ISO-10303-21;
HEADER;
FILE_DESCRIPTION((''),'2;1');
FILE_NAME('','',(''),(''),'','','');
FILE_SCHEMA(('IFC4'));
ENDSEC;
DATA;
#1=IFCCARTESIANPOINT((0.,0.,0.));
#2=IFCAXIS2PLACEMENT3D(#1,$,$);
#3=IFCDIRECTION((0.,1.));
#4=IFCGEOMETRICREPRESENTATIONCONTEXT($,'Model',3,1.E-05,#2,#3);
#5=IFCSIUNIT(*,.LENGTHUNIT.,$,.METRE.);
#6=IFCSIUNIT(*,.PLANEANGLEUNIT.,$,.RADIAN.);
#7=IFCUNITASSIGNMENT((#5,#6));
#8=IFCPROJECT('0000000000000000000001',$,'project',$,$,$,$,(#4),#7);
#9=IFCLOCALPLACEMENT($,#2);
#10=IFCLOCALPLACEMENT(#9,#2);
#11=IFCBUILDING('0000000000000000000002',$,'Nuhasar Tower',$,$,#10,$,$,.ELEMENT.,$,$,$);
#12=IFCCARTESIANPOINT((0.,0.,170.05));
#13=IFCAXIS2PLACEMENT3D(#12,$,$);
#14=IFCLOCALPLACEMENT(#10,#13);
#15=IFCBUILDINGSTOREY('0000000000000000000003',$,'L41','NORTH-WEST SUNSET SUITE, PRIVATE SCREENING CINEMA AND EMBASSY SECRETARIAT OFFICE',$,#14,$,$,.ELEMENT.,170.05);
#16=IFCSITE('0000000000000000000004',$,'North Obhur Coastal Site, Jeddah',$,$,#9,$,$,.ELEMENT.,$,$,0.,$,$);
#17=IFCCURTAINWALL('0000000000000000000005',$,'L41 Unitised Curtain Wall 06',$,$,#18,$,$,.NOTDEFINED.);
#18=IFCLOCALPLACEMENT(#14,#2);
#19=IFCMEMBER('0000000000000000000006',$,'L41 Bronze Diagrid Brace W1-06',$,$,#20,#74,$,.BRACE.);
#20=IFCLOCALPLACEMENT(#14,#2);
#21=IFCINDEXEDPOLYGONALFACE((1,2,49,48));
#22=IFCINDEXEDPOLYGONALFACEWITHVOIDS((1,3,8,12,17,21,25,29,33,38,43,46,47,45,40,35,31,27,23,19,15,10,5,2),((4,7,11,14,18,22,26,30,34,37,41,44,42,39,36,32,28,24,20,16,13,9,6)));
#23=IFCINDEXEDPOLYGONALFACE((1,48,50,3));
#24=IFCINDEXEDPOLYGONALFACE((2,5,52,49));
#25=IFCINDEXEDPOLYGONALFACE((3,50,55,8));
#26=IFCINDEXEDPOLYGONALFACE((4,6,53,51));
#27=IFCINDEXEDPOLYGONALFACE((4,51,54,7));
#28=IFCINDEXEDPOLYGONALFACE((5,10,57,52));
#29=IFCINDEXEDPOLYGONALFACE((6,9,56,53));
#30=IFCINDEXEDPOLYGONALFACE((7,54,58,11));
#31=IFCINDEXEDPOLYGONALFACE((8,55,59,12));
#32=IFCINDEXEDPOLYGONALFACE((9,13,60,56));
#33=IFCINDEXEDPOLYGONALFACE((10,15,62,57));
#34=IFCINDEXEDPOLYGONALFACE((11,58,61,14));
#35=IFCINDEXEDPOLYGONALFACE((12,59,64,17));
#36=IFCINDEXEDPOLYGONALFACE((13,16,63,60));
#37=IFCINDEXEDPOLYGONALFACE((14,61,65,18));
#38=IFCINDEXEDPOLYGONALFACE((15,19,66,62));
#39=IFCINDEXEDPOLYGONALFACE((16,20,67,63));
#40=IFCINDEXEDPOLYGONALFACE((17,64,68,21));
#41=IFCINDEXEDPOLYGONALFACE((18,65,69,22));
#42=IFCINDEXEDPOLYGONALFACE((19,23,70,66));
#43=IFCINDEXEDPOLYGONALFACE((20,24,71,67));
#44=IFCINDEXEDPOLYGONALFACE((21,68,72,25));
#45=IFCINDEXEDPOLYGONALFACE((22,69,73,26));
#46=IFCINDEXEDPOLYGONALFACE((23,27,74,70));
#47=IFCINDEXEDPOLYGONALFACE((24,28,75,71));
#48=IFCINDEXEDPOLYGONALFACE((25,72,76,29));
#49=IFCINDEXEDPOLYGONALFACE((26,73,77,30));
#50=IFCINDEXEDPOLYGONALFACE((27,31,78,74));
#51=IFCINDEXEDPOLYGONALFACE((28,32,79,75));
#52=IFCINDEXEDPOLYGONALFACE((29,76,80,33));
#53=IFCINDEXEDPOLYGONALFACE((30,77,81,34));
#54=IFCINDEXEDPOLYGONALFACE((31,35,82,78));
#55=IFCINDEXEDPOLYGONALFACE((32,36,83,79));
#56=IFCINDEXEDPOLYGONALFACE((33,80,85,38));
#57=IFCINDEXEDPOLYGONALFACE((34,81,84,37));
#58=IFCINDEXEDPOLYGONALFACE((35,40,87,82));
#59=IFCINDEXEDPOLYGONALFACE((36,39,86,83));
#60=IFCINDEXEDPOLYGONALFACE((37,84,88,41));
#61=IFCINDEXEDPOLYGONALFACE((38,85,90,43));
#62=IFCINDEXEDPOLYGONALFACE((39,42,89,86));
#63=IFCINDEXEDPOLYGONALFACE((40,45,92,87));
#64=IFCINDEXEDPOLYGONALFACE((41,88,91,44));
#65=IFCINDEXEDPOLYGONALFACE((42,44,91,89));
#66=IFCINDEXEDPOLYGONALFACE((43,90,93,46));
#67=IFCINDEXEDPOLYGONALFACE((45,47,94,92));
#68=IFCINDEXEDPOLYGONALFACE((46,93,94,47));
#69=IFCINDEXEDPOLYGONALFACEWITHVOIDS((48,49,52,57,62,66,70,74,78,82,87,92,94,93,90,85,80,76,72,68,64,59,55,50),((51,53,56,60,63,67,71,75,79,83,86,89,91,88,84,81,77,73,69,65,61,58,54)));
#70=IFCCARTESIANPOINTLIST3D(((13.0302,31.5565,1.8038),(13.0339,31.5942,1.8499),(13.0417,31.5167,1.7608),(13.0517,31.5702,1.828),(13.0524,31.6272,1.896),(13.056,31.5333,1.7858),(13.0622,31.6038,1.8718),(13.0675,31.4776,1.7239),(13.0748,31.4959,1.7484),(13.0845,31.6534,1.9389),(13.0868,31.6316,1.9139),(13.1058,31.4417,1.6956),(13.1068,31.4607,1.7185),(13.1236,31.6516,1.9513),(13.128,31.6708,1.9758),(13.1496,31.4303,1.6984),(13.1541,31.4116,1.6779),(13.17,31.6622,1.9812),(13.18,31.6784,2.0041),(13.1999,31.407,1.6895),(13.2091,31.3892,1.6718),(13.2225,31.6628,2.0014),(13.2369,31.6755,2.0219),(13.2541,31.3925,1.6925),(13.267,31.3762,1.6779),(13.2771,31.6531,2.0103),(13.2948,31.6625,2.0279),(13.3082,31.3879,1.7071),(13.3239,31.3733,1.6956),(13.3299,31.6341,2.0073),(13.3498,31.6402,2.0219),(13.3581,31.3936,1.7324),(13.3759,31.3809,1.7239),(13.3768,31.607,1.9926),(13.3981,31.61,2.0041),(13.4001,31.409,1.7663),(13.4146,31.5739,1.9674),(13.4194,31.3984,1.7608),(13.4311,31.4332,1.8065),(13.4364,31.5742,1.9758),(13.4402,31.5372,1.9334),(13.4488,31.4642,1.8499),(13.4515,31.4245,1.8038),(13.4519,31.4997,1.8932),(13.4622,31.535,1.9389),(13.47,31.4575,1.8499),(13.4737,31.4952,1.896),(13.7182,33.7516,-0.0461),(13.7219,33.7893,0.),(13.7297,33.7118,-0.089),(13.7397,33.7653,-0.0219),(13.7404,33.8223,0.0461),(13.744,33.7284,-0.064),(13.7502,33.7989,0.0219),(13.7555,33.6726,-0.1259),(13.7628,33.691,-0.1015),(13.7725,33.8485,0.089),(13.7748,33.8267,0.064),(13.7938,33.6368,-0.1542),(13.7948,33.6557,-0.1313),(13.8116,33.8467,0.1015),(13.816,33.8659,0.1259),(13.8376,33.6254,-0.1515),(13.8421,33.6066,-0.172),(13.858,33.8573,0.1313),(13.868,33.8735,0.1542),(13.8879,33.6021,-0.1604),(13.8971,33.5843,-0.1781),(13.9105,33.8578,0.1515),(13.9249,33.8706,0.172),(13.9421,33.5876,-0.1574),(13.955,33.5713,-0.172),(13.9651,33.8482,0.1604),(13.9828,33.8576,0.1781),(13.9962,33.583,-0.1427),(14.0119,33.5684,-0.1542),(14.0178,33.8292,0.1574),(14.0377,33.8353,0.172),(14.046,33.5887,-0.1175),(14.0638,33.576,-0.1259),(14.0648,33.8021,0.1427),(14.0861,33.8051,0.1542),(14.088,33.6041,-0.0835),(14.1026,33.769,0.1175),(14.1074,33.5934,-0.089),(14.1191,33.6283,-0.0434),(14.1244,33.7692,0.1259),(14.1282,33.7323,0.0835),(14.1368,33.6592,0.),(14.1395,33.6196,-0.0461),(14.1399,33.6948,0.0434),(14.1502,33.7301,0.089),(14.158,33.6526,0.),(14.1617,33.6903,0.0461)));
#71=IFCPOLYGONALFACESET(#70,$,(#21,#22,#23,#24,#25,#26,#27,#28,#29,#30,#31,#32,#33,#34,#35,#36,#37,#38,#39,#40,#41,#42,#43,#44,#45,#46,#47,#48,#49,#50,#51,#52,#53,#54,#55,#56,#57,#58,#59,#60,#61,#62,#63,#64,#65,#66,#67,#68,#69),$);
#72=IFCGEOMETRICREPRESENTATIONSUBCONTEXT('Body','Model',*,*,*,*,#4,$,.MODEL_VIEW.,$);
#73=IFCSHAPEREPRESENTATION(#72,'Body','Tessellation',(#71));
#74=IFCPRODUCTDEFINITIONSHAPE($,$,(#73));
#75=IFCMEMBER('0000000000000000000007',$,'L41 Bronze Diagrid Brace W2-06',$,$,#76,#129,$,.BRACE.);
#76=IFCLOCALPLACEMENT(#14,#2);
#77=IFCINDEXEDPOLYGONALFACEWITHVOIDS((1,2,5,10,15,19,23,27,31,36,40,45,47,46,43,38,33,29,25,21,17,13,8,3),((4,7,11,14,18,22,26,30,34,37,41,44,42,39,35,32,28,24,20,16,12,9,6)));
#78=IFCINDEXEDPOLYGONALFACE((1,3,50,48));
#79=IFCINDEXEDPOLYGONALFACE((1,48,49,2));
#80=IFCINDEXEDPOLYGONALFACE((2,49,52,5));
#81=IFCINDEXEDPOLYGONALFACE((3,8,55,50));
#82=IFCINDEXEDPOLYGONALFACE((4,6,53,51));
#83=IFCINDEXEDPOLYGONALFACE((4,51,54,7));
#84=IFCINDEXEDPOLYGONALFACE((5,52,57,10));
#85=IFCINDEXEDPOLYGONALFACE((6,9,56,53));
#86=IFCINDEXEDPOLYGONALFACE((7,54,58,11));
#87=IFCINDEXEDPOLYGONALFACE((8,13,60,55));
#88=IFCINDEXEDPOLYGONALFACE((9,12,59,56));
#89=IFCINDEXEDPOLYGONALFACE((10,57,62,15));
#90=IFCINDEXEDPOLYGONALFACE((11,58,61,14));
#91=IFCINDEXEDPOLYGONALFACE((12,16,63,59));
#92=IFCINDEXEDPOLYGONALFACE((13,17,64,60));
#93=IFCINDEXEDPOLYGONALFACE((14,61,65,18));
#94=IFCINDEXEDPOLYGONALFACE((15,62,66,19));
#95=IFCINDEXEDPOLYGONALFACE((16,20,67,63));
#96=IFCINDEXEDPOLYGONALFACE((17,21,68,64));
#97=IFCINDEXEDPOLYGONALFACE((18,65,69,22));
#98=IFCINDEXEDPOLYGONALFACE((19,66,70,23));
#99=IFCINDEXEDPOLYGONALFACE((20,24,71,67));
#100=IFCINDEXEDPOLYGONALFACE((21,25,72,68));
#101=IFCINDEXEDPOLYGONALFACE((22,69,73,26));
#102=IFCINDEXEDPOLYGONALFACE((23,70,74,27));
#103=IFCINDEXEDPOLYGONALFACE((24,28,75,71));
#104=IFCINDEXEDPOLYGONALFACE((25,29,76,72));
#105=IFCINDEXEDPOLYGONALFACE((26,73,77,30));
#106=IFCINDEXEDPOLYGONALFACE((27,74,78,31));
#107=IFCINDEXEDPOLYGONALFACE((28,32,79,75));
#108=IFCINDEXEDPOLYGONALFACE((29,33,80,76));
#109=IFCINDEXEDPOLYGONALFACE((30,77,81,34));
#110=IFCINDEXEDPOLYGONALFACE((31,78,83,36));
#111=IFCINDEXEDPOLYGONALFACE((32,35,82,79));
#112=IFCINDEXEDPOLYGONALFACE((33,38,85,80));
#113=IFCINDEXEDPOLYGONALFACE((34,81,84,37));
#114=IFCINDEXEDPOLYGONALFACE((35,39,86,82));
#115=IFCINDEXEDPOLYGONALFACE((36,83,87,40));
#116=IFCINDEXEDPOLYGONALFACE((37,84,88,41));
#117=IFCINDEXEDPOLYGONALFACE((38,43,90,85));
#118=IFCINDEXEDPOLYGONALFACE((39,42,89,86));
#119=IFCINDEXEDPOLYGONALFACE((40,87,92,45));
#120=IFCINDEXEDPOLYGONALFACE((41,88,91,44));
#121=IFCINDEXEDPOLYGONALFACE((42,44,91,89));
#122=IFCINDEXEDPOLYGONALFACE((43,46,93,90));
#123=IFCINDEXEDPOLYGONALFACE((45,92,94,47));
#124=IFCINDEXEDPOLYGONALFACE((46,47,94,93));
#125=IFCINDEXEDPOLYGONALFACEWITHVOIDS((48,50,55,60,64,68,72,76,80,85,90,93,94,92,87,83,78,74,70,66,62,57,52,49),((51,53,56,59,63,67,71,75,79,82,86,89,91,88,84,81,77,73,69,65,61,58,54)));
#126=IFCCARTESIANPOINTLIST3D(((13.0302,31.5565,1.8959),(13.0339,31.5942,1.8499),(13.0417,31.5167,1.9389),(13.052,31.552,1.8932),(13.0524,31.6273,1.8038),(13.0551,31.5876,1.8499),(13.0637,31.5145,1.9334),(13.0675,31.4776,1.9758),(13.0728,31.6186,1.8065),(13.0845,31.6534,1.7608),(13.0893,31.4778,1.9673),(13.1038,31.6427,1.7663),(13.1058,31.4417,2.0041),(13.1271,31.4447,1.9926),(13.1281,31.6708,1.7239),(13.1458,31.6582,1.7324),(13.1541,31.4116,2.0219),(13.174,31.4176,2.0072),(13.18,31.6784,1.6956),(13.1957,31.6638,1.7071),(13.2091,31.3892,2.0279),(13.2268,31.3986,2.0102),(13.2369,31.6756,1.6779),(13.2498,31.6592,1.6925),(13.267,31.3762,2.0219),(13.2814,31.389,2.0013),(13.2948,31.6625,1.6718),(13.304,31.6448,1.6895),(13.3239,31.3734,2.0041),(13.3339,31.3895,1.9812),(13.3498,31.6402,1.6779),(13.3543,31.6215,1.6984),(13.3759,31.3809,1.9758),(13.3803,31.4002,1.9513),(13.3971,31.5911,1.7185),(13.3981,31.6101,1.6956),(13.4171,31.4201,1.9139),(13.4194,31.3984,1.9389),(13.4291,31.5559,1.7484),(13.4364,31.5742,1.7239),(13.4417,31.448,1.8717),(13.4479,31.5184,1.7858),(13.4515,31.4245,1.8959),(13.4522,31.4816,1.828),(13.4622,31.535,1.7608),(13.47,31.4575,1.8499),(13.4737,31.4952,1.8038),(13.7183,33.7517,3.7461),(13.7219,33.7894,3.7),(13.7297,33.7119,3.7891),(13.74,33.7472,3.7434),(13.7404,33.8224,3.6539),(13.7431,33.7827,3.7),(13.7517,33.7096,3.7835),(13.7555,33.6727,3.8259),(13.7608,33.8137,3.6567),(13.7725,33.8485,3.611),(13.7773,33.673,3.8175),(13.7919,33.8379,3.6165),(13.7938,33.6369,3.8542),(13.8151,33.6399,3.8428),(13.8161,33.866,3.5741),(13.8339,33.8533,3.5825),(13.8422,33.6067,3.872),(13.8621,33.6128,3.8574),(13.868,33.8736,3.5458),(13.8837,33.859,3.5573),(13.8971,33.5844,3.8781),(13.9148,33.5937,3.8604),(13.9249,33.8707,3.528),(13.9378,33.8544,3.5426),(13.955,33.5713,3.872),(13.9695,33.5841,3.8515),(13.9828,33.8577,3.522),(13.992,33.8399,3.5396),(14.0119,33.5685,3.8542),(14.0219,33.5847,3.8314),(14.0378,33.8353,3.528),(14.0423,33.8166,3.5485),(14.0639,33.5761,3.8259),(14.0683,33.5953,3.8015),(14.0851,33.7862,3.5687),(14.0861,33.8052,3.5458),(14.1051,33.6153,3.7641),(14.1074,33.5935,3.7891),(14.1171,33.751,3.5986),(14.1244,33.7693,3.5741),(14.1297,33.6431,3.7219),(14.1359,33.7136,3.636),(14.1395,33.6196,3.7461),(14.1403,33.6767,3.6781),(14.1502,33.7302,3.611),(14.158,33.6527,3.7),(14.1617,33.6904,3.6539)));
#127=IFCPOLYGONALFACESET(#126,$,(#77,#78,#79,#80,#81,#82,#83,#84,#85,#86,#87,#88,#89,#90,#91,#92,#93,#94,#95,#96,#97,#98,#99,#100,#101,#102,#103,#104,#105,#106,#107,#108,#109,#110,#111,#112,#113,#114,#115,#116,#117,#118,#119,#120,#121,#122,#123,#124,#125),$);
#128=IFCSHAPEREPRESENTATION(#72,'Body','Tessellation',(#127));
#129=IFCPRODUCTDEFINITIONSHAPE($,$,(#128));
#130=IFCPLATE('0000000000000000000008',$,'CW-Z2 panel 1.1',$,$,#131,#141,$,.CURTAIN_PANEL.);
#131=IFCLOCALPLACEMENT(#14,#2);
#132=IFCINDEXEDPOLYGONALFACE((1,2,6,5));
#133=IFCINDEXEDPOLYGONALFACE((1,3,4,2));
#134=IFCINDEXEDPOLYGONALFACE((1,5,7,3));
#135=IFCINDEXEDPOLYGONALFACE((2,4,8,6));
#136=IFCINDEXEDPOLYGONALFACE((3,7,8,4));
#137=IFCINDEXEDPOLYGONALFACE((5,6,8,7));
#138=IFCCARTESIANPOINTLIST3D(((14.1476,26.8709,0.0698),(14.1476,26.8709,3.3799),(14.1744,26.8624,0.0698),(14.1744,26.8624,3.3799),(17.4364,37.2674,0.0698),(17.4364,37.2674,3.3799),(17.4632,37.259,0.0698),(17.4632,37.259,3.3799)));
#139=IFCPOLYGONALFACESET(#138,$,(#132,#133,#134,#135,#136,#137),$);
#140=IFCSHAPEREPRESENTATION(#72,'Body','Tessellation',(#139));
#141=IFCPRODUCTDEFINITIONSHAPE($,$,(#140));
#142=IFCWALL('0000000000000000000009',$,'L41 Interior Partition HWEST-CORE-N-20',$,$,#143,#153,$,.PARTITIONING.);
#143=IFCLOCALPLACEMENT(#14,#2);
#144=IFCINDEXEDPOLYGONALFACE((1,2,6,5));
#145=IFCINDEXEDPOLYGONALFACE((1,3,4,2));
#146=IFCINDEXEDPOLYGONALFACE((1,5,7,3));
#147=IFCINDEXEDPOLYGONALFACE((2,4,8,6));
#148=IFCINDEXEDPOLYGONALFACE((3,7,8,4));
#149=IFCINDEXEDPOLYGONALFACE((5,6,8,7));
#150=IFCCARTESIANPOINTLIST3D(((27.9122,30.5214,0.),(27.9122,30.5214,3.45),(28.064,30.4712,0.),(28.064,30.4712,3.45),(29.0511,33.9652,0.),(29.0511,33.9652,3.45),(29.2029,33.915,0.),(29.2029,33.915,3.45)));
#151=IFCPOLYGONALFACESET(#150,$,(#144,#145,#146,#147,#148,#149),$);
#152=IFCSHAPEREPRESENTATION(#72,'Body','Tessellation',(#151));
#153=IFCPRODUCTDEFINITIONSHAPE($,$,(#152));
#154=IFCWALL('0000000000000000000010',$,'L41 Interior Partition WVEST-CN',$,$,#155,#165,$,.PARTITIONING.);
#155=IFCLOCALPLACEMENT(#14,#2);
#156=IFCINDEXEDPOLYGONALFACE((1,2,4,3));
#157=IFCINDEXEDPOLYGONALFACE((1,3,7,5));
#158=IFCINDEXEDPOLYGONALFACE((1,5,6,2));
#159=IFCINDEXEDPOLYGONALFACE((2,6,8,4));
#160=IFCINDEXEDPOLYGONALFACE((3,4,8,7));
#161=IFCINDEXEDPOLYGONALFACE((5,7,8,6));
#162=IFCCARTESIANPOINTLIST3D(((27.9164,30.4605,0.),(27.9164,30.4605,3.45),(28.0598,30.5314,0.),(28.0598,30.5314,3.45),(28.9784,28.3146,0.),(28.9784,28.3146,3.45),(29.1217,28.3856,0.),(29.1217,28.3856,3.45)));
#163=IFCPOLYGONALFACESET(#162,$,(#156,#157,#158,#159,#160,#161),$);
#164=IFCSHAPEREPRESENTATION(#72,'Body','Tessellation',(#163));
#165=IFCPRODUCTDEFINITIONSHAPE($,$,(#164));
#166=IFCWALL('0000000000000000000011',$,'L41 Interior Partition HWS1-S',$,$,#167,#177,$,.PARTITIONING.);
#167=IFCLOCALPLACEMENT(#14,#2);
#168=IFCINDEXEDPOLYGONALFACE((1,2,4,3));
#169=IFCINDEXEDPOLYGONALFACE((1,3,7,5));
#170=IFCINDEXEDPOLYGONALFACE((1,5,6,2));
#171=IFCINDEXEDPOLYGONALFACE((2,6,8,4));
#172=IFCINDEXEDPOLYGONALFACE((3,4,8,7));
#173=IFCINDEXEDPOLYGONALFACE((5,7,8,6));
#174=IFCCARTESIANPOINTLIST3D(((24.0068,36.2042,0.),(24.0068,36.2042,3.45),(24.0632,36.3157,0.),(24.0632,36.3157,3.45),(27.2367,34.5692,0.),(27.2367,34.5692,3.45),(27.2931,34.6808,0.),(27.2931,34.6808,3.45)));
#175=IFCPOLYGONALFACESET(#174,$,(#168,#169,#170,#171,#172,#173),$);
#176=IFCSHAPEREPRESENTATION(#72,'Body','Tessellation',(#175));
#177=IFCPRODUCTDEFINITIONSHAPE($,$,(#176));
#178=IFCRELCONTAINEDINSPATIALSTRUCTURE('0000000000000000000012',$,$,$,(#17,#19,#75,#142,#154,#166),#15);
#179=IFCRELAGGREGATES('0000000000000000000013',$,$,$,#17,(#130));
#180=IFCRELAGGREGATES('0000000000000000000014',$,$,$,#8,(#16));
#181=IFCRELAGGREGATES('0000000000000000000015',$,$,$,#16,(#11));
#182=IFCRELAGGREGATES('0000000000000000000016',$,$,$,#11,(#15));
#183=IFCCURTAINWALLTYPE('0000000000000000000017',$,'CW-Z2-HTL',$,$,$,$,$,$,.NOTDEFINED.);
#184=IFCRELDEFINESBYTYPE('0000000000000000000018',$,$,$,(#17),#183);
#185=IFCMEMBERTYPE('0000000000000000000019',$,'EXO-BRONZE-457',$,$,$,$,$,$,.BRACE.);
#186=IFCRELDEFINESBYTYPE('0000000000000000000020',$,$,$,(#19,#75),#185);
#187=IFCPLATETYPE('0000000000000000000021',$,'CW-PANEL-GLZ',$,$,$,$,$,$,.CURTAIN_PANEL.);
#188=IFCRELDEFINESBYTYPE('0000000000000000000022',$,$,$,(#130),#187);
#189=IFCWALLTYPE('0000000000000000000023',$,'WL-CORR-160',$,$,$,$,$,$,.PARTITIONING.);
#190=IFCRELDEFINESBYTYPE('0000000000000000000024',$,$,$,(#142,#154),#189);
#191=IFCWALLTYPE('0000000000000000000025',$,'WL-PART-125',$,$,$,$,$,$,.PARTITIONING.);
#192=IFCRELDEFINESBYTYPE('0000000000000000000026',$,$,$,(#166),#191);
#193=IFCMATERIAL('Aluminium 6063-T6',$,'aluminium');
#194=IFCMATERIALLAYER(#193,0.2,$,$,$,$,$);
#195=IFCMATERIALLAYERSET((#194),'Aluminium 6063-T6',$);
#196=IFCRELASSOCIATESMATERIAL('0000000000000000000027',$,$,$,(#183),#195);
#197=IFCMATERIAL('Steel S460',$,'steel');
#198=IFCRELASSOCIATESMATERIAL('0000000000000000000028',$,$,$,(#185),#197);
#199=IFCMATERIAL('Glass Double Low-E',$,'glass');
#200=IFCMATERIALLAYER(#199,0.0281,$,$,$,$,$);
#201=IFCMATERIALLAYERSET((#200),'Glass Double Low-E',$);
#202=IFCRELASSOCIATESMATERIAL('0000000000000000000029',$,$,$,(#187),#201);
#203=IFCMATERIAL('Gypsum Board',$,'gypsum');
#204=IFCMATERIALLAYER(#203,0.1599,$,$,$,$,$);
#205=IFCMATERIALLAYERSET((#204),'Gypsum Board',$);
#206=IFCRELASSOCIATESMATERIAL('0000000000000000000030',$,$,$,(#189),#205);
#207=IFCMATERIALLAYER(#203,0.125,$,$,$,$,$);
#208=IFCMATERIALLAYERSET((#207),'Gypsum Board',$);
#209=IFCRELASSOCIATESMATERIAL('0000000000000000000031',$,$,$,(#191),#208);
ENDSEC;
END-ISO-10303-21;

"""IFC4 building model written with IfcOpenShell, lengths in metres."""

from ifc_helpers import new_model, si_unit, direction, frame, frame_2d, origin, origin_2d, place, context, subcontext, project, spatial, rectangle, hollow_circle, extrude, material, layer, layer_set, material_profile, profile_set, type_object, element, aggregate, save


model = new_model("IFC4")

# Units and contexts
model_context = context("Model", 3, precision=1e-05, world=origin(), true_north=direction((0.0, 1.0)))
body_context = subcontext(model_context, "Body", "Model", "MODEL_VIEW")
ifc_project = project(units=[si_unit("LENGTHUNIT", "METRE"), si_unit("PLANEANGLEUNIT", "RADIAN")], contexts=[model_context])

# Site, building, storey
site_placement = place(None, origin())
site = spatial("IfcSite", under=ifc_project, at=site_placement, Name="North Obhur Coastal Site, Jeddah", CompositionType="ELEMENT", RefElevation=0.0)
building_placement = place(site_placement, origin())
building = spatial("IfcBuilding", under=site, at=building_placement, Name="Nuhasar Tower", CompositionType="ELEMENT")
storey_placement = place(building_placement, frame((0.0, 0.0, 170.05)))
storey = spatial("IfcBuildingStorey", under=building, at=storey_placement, Name="L41", Description="NORTH-WEST SUNSET SUITE, PRIVATE SCREENING CINEMA AND EMBASSY SECRETARIAT OFFICE", CompositionType="ELEMENT", Elevation=170.05)

# Curtain wall
ifc_material_1 = material(Name="Aluminium 6063-T6", Category="aluminium")
ifc_layer_1 = layer(ifc_material_1, 0.2)
ifc_layer_set_1 = layer_set([ifc_layer_1], Name="Aluminium 6063-T6")
curtain_wall_type = type_object("IfcCurtainWallType", Name="CW-Z2-HTL", PredefinedType="NOTDEFINED", material=ifc_layer_set_1)
curtain_wall_placement = place(storey_placement, origin())
curtain_wall = element("IfcCurtainWall", 1, at=curtain_wall_placement, inside=storey, type_object=curtain_wall_type, Name="L41 Unitised Curtain Wall 06", PredefinedType="NOTDEFINED")

# Members
ifc_material_2 = material(Name="Steel S460", Category="steel")
ifc_material_profile_1 = material_profile(ifc_material_2, hollow_circle(Radius=0.2285, WallThickness=0.0222, at=origin_2d()), Name="HSS457X22.2")
ifc_profile_set_1 = profile_set([ifc_material_profile_1], Name="Steel S460")
member_type_1 = type_object("IfcMemberType", Name="EXO-BRONZE-457", PredefinedType="BRACE", material=ifc_profile_set_1)
member_1_placement = place(storey_placement, frame((13.9399, 33.7209, 0.0), z_axis=(-0.233068, -0.743616, 0.626669), x_axis=(0.954228, -0.299079, 0.0)))
element("IfcMember", 2, at=member_1_placement, inside=storey, type_object=member_type_1, Name="L41 Bronze Diagrid Brace W1-06", PredefinedType="BRACE", context=body_context, shape_type="SweptSolid", body=[
    extrude(hollow_circle(Radius=0.2285, WallThickness=0.0222, at=origin_2d()), origin(), (0.0, 0.0, 1.0), 2.9519),
])
member_2_placement = place(storey_placement, frame((13.252, 31.5259, 1.8499), z_axis=(0.233056, 0.743578, 0.626719), x_axis=(-0.954228, 0.299079, 0.0)))
element("IfcMember", 3, at=member_2_placement, inside=storey, type_object=member_type_1, Name="L41 Bronze Diagrid Brace W2-06", PredefinedType="BRACE", context=body_context, shape_type="SweptSolid", body=[
    extrude(hollow_circle(Radius=0.2285, WallThickness=0.0222, at=origin_2d()), origin(), (0.0, 0.0, 1.0), 2.9521),
])

# Plate
ifc_material_3 = material(Name="Glass Double Low-E", Category="glass")
ifc_layer_2 = layer(ifc_material_3, 0.0281)
ifc_layer_set_2 = layer_set([ifc_layer_2], Name="Glass Double Low-E")
plate_type = type_object("IfcPlateType", Name="CW-PANEL-GLZ", PredefinedType="CURTAIN_PANEL", material=ifc_layer_set_2)
plate_placement = place(storey_placement, frame((15.8054, 32.0649, 0.0698), z_axis=(0.0, 0.0, 1.0), x_axis=(-0.301604, -0.953433, 0.0)))
plate = element("IfcPlate", 4, at=plate_placement, type_object=plate_type, Name="CW-Z2 panel 1.1", PredefinedType="CURTAIN_PANEL", context=body_context, shape_type="SweptSolid", body=[
    extrude(rectangle(XDim=10.9043, YDim=0.0281, at=origin_2d()), origin(), (0.0, 0.0, 1.0), 3.3101),
])
aggregate(curtain_wall, [plate])

# Wall
ifc_material_4 = material(Name="Gypsum Board", Category="gypsum")
ifc_layer_3 = layer(ifc_material_4, 0.1599)
ifc_layer_set_3 = layer_set([ifc_layer_3], Name="Gypsum Board")
wall_type_1 = type_object("IfcWallType", Name="WL-CORR-160", PredefinedType="PARTITIONING", material=ifc_layer_set_3)
wall_1_placement = place(storey_placement, frame((29.127, 33.9399, 0.0), z_axis=(0.0, 0.0, 1.0), x_axis=(-0.313986, -0.949428, 0.0)))
element("IfcWall", 5, at=wall_1_placement, inside=storey, type_object=wall_type_1, Name="L41 Interior Partition HWEST-CORE-N-20", PredefinedType="PARTITIONING", context=body_context, shape_type="SweptSolid", body=[
    extrude(rectangle(XDim=3.6272, YDim=0.1599, at=frame_2d((1.8135, 0.0))), origin(), (0.0, 0.0, 1.0), 3.45),
])

# Walls
wall_2_placement = place(storey_placement, frame((27.988, 30.4961, 0.0), z_axis=(0.0, 0.0, 1.0), x_axis=(0.443539, -0.896255, 0.0)))
element("IfcWall", 6, at=wall_2_placement, inside=storey, type_object=wall_type_1, Name="L41 Interior Partition WVEST-CN", PredefinedType="PARTITIONING", context=body_context, shape_type="SweptSolid", body=[
    extrude(rectangle(XDim=2.3943, YDim=0.1599, at=frame_2d((1.1973, 0.0))), origin(), (0.0, 0.0, 1.0), 3.45),
])
ifc_layer_4 = layer(ifc_material_4, 0.125)
ifc_layer_set_4 = layer_set([ifc_layer_4], Name="Gypsum Board")
wall_type_2 = type_object("IfcWallType", Name="WL-PART-125", PredefinedType="PARTITIONING", material=ifc_layer_set_4)
wall_3_placement = place(storey_placement, frame((27.2649, 34.625, 0.0), z_axis=(0.0, 0.0, 1.0), x_axis=(-0.892204, 0.451632, 0.0)))
element("IfcWall", 7, at=wall_3_placement, inside=storey, type_object=wall_type_2, Name="L41 Interior Partition HWS1-S", PredefinedType="PARTITIONING", context=body_context, shape_type="SweptSolid", body=[
    extrude(rectangle(XDim=3.6201, YDim=0.125, at=frame_2d((1.8101, 0.0))), origin(), (0.0, 0.0, 1.0), 3.45),
])

save(model, "model.ifc")
